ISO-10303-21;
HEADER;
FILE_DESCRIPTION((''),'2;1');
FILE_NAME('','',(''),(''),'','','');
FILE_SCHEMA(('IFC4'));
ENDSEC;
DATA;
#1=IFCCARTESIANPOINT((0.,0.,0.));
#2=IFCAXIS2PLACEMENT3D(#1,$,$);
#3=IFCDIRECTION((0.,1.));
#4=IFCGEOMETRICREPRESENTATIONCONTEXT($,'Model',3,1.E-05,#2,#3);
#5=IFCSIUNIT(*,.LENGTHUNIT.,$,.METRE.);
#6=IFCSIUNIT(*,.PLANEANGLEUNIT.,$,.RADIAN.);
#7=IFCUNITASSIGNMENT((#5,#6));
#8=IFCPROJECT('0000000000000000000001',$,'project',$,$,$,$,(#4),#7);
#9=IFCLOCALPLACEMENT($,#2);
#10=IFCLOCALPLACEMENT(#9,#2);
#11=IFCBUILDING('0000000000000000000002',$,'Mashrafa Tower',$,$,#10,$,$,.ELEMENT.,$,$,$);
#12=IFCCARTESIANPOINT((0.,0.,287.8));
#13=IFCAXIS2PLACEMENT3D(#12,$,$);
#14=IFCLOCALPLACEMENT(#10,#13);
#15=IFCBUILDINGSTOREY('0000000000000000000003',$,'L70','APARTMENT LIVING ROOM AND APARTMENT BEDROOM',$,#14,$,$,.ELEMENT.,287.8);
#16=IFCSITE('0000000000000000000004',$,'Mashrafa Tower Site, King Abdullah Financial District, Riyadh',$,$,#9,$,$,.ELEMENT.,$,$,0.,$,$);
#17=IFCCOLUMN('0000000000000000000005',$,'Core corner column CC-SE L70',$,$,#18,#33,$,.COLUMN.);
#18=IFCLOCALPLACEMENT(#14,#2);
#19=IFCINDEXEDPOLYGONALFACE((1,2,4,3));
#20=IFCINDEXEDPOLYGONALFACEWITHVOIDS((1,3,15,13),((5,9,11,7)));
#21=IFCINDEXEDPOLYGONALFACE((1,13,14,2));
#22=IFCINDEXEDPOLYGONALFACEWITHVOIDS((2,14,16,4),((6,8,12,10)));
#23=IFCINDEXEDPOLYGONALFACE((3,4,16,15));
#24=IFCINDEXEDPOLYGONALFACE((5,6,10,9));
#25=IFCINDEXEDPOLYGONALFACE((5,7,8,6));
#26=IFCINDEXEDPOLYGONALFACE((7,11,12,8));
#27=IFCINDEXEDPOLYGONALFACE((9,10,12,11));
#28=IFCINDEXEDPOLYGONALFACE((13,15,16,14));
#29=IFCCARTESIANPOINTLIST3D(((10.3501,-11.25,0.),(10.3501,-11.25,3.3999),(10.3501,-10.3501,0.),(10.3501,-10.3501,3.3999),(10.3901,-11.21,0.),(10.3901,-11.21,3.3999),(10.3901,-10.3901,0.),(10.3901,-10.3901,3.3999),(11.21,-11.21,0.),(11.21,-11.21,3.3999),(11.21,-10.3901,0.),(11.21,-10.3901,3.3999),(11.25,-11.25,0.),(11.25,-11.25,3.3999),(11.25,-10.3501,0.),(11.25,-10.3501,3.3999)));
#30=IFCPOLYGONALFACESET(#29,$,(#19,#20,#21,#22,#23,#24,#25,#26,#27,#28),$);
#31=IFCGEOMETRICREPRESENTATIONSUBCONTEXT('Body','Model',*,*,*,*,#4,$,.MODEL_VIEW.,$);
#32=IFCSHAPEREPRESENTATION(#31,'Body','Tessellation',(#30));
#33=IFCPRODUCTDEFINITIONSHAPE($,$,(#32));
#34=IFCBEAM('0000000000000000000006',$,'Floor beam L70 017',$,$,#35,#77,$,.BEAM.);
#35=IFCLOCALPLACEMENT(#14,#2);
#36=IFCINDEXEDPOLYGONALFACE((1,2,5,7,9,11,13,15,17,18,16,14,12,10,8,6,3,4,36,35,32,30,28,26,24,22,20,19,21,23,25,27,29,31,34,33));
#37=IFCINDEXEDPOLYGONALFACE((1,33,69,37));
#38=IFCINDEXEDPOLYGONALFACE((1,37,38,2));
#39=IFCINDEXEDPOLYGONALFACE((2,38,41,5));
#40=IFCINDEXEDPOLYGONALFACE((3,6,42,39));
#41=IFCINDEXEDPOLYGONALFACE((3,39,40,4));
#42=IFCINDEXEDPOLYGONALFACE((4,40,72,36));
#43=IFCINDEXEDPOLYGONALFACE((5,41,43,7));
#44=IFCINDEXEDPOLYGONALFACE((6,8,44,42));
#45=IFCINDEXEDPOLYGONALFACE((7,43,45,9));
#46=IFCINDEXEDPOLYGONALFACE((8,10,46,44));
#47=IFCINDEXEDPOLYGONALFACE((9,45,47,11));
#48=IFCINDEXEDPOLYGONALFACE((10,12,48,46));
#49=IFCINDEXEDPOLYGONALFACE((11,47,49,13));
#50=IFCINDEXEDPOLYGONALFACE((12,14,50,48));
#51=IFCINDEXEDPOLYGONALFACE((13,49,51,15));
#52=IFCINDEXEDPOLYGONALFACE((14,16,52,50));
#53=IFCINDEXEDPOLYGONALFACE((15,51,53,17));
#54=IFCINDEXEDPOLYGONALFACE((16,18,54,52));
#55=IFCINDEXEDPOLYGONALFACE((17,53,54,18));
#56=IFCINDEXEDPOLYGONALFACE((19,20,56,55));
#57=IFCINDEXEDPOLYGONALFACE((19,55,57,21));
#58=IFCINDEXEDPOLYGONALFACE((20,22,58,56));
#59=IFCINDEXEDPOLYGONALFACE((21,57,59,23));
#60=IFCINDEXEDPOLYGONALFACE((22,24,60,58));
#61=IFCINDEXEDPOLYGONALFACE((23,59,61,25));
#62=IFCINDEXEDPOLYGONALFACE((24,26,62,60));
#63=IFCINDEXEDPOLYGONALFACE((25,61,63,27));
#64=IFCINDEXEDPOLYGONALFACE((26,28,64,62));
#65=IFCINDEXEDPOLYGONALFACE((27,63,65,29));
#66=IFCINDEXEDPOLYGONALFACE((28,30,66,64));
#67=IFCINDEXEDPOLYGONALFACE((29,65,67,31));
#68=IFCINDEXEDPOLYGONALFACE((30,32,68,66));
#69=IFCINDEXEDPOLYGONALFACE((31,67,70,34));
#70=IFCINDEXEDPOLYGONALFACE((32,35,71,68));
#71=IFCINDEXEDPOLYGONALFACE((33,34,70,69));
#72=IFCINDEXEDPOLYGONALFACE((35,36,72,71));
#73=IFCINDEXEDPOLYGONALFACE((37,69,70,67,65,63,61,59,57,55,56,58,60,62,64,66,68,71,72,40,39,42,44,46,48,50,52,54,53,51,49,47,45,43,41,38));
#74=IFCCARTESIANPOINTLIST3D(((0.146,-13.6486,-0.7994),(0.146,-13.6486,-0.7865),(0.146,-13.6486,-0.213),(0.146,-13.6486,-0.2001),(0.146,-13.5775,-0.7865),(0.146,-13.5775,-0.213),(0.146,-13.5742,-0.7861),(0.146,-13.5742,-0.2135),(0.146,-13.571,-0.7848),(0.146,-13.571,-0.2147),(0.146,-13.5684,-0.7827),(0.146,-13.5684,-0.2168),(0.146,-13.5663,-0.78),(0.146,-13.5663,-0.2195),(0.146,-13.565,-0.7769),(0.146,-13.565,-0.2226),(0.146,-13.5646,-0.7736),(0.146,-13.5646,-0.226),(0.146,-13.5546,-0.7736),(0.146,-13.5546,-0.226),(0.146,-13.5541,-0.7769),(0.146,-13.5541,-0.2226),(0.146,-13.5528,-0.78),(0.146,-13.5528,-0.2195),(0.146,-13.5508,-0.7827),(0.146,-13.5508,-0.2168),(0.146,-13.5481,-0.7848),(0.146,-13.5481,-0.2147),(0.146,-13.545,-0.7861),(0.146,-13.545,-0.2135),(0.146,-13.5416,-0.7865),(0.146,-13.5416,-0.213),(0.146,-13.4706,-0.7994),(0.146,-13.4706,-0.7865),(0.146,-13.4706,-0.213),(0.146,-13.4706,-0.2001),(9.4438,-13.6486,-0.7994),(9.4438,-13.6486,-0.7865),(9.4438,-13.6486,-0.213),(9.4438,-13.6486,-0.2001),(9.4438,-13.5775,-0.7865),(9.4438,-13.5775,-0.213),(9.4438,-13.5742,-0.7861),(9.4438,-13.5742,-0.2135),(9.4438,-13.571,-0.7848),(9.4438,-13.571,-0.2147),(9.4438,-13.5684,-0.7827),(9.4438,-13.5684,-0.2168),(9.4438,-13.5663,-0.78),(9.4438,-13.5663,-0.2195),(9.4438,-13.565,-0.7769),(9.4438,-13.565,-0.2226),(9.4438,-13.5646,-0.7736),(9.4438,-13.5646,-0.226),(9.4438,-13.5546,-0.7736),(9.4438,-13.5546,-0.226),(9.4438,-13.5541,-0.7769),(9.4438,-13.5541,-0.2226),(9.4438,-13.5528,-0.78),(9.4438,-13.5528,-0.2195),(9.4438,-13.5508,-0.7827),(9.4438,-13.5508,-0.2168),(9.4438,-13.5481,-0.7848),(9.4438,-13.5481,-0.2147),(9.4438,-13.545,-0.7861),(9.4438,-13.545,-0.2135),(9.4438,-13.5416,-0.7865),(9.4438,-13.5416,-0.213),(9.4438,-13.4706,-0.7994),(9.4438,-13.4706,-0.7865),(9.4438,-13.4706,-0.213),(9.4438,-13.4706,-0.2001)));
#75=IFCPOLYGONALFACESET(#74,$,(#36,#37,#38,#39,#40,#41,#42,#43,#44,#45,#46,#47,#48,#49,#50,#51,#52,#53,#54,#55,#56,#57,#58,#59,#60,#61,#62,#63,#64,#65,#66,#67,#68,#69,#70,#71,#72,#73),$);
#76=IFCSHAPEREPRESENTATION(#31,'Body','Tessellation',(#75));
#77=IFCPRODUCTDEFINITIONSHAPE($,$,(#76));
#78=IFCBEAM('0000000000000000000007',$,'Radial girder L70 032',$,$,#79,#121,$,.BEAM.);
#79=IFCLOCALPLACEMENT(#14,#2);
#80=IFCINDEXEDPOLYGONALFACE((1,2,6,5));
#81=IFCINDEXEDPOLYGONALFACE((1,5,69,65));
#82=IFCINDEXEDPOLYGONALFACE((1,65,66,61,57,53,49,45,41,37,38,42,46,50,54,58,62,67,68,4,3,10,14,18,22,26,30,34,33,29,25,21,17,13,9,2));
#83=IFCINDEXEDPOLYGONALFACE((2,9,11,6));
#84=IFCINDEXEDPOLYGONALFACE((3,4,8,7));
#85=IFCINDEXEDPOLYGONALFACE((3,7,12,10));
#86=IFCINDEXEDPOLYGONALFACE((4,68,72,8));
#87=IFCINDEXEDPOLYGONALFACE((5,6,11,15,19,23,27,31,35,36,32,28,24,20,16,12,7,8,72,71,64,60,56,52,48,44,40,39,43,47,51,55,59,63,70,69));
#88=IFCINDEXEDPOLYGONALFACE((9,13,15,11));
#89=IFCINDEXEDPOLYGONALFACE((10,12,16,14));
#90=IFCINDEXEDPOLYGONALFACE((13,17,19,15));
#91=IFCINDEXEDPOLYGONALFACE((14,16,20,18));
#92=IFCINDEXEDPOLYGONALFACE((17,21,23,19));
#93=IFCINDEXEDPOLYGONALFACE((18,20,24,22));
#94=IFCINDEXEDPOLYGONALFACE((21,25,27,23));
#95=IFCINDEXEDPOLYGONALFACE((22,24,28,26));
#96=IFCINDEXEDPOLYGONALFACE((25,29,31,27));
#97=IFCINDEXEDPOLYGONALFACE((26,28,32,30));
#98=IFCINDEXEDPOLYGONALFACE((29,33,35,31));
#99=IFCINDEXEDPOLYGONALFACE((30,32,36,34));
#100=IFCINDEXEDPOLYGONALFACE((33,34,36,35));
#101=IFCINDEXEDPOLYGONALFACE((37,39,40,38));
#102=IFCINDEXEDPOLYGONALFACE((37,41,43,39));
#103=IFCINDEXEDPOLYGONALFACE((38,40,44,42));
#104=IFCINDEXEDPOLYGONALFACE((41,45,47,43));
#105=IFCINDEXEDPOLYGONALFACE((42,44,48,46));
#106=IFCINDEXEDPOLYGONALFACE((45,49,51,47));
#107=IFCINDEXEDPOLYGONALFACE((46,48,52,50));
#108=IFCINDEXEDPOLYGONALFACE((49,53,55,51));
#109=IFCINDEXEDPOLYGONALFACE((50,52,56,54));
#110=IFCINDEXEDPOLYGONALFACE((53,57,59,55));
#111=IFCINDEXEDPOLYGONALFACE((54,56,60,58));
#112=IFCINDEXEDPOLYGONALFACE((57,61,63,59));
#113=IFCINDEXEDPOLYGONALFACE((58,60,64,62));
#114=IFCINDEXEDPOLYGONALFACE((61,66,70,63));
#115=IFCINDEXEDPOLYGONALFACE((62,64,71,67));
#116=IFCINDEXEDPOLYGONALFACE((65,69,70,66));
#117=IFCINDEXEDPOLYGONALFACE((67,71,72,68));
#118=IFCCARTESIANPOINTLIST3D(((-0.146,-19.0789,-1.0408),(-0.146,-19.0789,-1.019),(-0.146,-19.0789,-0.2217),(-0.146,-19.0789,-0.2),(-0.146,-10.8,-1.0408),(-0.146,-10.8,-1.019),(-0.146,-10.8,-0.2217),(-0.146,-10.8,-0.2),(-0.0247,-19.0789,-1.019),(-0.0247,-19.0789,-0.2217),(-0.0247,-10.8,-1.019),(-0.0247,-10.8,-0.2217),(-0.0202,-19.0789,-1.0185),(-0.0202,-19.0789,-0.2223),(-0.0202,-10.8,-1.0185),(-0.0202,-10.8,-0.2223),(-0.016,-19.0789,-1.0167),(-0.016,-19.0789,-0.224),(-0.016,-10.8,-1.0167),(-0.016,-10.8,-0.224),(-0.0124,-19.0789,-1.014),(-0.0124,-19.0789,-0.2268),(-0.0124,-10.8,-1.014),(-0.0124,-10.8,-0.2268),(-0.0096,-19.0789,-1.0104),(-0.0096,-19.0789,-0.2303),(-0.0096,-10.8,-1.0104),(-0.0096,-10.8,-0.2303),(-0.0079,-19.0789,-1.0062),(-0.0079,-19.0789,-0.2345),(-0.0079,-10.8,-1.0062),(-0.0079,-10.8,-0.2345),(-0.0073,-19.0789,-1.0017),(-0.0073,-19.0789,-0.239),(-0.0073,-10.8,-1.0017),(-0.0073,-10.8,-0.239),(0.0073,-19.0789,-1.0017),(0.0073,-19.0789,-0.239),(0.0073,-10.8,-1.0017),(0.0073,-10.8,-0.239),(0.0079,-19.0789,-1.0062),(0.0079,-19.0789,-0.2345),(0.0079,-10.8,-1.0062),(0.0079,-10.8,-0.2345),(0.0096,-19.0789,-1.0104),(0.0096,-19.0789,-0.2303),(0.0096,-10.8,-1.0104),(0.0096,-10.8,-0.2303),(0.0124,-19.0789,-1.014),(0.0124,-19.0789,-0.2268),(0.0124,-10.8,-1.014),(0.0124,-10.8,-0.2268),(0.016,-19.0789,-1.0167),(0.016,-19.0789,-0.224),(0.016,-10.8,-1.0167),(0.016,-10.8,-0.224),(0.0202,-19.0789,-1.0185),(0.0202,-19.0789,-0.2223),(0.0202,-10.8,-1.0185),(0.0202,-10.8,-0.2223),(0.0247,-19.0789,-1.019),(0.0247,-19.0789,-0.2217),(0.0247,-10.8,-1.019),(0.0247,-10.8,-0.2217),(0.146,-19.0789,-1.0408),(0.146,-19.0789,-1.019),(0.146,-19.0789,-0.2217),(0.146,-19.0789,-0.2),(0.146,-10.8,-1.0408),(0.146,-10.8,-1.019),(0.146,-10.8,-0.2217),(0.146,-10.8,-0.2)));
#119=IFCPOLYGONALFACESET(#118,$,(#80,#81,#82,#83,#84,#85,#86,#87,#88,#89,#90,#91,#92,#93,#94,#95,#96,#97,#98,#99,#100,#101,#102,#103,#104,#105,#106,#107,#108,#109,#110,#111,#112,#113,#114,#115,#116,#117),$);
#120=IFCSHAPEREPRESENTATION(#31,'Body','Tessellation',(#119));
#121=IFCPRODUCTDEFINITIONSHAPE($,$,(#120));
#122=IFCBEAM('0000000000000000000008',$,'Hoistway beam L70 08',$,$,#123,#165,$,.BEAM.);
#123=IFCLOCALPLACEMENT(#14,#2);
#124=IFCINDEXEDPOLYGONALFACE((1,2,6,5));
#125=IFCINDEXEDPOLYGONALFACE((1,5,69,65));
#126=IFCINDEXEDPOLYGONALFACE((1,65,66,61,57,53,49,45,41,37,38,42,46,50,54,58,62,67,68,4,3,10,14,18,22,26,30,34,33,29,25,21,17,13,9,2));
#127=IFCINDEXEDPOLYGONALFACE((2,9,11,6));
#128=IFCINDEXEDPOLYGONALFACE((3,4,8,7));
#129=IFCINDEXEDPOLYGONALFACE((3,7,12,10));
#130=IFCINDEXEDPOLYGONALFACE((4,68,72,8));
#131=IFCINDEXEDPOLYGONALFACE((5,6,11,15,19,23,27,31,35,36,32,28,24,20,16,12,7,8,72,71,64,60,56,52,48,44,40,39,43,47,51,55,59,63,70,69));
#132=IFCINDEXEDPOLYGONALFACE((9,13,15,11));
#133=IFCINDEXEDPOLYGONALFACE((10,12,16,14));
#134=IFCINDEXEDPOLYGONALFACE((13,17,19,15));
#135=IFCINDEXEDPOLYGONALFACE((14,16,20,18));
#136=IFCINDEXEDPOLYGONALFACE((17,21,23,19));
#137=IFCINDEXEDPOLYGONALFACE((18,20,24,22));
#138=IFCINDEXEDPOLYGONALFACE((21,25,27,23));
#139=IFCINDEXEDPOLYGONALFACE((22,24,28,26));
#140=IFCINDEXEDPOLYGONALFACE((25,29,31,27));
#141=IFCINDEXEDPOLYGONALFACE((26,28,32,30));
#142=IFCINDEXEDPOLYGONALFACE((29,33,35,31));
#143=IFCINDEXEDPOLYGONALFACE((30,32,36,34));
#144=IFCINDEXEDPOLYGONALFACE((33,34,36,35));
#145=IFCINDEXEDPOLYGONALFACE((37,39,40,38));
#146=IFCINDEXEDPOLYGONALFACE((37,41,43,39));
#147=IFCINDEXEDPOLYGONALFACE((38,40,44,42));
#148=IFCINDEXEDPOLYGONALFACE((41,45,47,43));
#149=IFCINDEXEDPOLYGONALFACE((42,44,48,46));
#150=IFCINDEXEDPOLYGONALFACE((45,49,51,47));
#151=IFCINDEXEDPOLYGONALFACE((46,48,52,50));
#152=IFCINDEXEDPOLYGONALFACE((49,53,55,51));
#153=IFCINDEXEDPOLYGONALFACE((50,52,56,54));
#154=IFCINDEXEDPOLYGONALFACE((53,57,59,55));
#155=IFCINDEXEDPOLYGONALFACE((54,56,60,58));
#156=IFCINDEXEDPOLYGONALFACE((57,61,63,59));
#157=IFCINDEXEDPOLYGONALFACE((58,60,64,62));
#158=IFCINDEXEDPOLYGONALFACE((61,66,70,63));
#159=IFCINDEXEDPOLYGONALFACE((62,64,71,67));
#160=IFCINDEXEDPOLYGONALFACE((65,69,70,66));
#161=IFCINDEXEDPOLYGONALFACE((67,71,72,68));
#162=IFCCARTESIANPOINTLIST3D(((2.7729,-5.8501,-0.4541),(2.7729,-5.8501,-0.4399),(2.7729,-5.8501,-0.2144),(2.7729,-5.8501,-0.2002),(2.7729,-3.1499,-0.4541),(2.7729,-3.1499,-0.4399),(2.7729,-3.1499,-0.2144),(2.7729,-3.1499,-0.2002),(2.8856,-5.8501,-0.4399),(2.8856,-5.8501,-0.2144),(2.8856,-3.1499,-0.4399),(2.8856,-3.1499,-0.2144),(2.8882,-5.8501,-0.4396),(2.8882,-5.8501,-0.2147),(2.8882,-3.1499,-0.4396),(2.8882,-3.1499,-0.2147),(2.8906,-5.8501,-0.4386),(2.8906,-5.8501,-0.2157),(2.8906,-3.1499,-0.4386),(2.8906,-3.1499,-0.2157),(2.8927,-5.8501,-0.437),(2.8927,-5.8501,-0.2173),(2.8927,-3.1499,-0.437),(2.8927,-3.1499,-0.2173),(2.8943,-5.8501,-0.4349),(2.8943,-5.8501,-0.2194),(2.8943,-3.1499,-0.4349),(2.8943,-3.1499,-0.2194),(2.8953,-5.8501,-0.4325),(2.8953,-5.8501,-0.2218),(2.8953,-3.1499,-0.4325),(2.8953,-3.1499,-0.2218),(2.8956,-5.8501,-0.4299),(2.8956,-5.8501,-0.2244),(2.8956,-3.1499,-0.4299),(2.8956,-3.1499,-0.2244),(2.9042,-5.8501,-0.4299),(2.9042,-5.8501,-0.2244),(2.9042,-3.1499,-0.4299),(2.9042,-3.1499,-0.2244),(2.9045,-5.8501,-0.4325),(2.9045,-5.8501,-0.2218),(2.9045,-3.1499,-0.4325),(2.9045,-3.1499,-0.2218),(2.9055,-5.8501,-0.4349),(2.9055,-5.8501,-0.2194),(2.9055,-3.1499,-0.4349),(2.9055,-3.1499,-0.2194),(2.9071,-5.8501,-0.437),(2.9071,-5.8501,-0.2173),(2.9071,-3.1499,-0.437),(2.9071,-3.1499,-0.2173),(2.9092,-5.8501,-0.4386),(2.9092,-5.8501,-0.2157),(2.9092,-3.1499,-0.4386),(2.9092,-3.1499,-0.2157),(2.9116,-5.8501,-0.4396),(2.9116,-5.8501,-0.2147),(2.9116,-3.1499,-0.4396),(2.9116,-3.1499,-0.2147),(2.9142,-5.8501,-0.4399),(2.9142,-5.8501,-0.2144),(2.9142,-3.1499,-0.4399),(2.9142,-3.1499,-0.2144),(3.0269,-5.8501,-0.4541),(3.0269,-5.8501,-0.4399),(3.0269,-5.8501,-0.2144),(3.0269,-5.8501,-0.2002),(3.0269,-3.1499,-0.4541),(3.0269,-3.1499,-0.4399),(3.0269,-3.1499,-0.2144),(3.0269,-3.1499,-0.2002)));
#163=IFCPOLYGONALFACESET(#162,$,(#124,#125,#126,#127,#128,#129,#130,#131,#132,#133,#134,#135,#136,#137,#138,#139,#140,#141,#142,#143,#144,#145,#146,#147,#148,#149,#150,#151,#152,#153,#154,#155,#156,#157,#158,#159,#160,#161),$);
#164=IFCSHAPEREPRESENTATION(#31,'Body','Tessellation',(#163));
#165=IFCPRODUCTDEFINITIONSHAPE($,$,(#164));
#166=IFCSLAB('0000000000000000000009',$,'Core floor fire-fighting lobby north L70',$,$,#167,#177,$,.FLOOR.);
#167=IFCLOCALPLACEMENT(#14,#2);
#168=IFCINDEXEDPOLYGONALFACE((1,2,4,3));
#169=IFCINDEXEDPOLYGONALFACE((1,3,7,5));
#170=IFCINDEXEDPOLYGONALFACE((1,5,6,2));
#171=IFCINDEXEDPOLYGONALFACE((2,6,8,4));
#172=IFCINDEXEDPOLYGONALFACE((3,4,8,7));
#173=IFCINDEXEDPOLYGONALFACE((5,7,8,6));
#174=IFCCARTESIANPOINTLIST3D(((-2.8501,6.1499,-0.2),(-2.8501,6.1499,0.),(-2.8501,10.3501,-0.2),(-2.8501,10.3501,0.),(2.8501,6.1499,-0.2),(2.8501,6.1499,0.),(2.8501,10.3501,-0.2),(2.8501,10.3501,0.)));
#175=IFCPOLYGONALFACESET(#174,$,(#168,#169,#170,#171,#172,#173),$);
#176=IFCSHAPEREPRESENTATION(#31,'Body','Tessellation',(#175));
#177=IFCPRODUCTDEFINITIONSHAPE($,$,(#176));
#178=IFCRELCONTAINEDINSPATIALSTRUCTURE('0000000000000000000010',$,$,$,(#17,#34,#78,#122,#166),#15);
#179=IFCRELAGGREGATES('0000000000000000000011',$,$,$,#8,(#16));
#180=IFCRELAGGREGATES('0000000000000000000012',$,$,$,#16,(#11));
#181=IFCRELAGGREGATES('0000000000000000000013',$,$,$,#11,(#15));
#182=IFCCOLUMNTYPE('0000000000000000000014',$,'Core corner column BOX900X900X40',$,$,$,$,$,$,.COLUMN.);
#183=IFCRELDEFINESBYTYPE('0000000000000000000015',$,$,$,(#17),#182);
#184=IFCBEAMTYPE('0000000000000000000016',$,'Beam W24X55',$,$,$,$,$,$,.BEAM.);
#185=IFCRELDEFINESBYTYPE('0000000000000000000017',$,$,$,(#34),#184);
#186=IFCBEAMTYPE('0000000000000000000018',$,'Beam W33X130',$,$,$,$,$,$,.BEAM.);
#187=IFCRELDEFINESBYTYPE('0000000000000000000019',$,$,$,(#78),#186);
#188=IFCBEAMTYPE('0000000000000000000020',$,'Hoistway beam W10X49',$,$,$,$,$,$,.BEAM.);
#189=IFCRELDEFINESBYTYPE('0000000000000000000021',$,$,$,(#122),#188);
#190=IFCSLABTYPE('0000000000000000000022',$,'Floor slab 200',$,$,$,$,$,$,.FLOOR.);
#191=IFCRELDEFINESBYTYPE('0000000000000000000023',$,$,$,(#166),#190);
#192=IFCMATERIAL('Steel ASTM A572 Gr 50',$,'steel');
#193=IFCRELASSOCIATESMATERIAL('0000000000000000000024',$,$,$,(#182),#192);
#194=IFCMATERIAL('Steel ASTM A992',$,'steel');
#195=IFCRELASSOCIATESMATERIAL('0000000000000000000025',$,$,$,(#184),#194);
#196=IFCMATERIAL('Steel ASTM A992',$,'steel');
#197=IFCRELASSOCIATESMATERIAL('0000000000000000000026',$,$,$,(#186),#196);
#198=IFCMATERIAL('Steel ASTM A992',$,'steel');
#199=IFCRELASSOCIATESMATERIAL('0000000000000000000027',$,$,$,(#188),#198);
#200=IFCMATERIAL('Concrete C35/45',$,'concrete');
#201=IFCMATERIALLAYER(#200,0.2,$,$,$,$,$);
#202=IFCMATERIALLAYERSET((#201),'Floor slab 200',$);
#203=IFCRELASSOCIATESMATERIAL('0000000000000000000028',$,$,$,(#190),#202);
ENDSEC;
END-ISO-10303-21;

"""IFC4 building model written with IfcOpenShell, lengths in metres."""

from ifc_helpers import new_model, si_unit, direction, frame, origin, origin_2d, place, context, subcontext, project, spatial, polyline, hollow_rectangle, i_section, outline, extrude, material, layer, layer_set, material_profile, profile_set, type_object, element, save


model = new_model("IFC4")

# Units and contexts
model_context = context("Model", 3, precision=1e-05, world=origin(), true_north=direction((0.0, 1.0)))
body_context = subcontext(model_context, "Body", "Model", "MODEL_VIEW")
ifc_project = project(units=[si_unit("LENGTHUNIT", "METRE"), si_unit("PLANEANGLEUNIT", "RADIAN")], contexts=[model_context])

# Site, building, storey
site_placement = place(None, origin())
site = spatial("IfcSite", under=ifc_project, at=site_placement, Name="Mashrafa Tower Site, King Abdullah Financial District, Riyadh", CompositionType="ELEMENT", RefElevation=0.0)
building_placement = place(site_placement, origin())
building = spatial("IfcBuilding", under=site, at=building_placement, Name="Mashrafa Tower", CompositionType="ELEMENT")
storey_placement = place(building_placement, frame((0.0, 0.0, 287.8)))
storey = spatial("IfcBuildingStorey", under=building, at=storey_placement, Name="L70", Description="APARTMENT LIVING ROOM AND APARTMENT BEDROOM", CompositionType="ELEMENT", Elevation=287.8)

# Column
ifc_material_1 = material(Name="Steel ASTM A572 Gr 50", Category="steel")
ifc_material_profile_1 = material_profile(ifc_material_1, hollow_rectangle(XDim=0.8999, YDim=0.8999, WallThickness=0.04, at=origin_2d()), Name="BOX900X900X40")
ifc_profile_set_1 = profile_set([ifc_material_profile_1], Name="Steel ASTM A572 Gr 50")
column_type = type_object("IfcColumnType", Name="Core corner column BOX900X900X40", PredefinedType="COLUMN", material=ifc_profile_set_1)
column_placement = place(storey_placement, frame((10.8, -10.8, 0.0), z_axis=(0.0, 0.0, 1.0), x_axis=(1.0, 0.0, 0.0)))
element("IfcColumn", 1, at=column_placement, inside=storey, type_object=column_type, Name="Core corner column CC-SE L70", PredefinedType="COLUMN", context=body_context, shape_type="SweptSolid", body=[
    extrude(hollow_rectangle(XDim=0.8999, YDim=0.8999, WallThickness=0.04, at=origin_2d()), origin(), (0.0, 0.0, 1.0), 3.3999),
])

# Beams
ifc_material_2 = material(Name="Steel ASTM A992", Category="steel")
ifc_material_profile_2 = material_profile(ifc_material_2, i_section(OverallWidth=0.178, OverallDepth=0.5994, WebThickness=0.01, FlangeThickness=0.0129, FilletRadius=0.0129, at=origin_2d()), Name="W24X55")
ifc_profile_set_2 = profile_set([ifc_material_profile_2], Name="Steel ASTM A992")
beam_type_1 = type_object("IfcBeamType", Name="Beam W24X55", PredefinedType="BEAM", material=ifc_profile_set_2)
beam_1_placement = place(storey_placement, frame((9.4438, -13.5596, -0.4998), z_axis=(-1.0, 0.0, 0.0), x_axis=(0.0, -1.0, 0.0)))
element("IfcBeam", 2, at=beam_1_placement, inside=storey, type_object=beam_type_1, Name="Floor beam L70 017", PredefinedType="BEAM", context=body_context, shape_type="SweptSolid", body=[
    extrude(i_section(OverallWidth=0.178, OverallDepth=0.5994, WebThickness=0.01, FlangeThickness=0.0129, FilletRadius=0.0129, at=origin_2d()), origin(), (0.0, 0.0, 1.0), 9.2979),
])
ifc_material_3 = material(Name="Steel ASTM A992", Category="steel")
ifc_material_profile_3 = material_profile(ifc_material_3, i_section(OverallWidth=0.292, OverallDepth=0.8408, WebThickness=0.0146, FlangeThickness=0.0217, FilletRadius=0.0173, at=origin_2d()), Name="W33X130")
ifc_profile_set_3 = profile_set([ifc_material_profile_3], Name="Steel ASTM A992")
beam_type_2 = type_object("IfcBeamType", Name="Beam W33X130", PredefinedType="BEAM", material=ifc_profile_set_3)
beam_2_placement = place(storey_placement, frame((0.0, -10.8, -0.6204), z_axis=(0.0, -1.0, 0.0), x_axis=(1.0, 0.0, 0.0)))
element("IfcBeam", 3, at=beam_2_placement, inside=storey, type_object=beam_type_2, Name="Radial girder L70 032", PredefinedType="BEAM", context=body_context, shape_type="SweptSolid", body=[
    extrude(i_section(OverallWidth=0.292, OverallDepth=0.8408, WebThickness=0.0146, FlangeThickness=0.0217, FilletRadius=0.0173, at=origin_2d()), origin(), (0.0, 0.0, 1.0), 8.2788),
])
ifc_material_4 = material(Name="Steel ASTM A992", Category="steel")
ifc_material_profile_4 = material_profile(ifc_material_4, i_section(OverallWidth=0.2539, OverallDepth=0.2539, WebThickness=0.0085, FlangeThickness=0.0142, FilletRadius=0.01, at=origin_2d()), Name="W10X49")
ifc_profile_set_4 = profile_set([ifc_material_profile_4], Name="Steel ASTM A992")
beam_type_3 = type_object("IfcBeamType", Name="Hoistway beam W10X49", PredefinedType="BEAM", material=ifc_profile_set_4)
beam_3_placement = place(storey_placement, frame((2.8999, -5.8501, -0.3271), z_axis=(0.0, 1.0, 0.0), x_axis=(-1.0, 0.0, 0.0)))
element("IfcBeam", 4, at=beam_3_placement, inside=storey, type_object=beam_type_3, Name="Hoistway beam L70 08", PredefinedType="BEAM", context=body_context, shape_type="SweptSolid", body=[
    extrude(i_section(OverallWidth=0.2539, OverallDepth=0.2539, WebThickness=0.0085, FlangeThickness=0.0142, FilletRadius=0.01, at=origin_2d()), origin(), (0.0, 0.0, 1.0), 2.7002),
])

# Slab
ifc_material_5 = material(Name="Concrete C35/45", Category="concrete")
ifc_layer_1 = layer(ifc_material_5, 0.2)
ifc_layer_set_1 = layer_set([ifc_layer_1], Name="Floor slab 200")
slab_type_1 = type_object("IfcSlabType", Name="Floor slab 200", PredefinedType="FLOOR", material=ifc_layer_set_1)
slab_1_placement = place(storey_placement, frame((0.0, 0.0, -0.2)))
element("IfcSlab", 5, at=slab_1_placement, inside=storey, type_object=slab_type_1, Name="Core floor fire-fighting lobby north L70", PredefinedType="FLOOR", context=body_context, shape_type="SweptSolid", body=[
    extrude(outline(polyline([(-2.8501, 10.3501), (2.8501, 10.3501), (2.8501, 6.1499), (-2.8501, 6.1499), (-2.8501, 10.3501)])), origin(), (0.0, 0.0, 1.0), 0.2),
])

save(model, "model.ifc")
